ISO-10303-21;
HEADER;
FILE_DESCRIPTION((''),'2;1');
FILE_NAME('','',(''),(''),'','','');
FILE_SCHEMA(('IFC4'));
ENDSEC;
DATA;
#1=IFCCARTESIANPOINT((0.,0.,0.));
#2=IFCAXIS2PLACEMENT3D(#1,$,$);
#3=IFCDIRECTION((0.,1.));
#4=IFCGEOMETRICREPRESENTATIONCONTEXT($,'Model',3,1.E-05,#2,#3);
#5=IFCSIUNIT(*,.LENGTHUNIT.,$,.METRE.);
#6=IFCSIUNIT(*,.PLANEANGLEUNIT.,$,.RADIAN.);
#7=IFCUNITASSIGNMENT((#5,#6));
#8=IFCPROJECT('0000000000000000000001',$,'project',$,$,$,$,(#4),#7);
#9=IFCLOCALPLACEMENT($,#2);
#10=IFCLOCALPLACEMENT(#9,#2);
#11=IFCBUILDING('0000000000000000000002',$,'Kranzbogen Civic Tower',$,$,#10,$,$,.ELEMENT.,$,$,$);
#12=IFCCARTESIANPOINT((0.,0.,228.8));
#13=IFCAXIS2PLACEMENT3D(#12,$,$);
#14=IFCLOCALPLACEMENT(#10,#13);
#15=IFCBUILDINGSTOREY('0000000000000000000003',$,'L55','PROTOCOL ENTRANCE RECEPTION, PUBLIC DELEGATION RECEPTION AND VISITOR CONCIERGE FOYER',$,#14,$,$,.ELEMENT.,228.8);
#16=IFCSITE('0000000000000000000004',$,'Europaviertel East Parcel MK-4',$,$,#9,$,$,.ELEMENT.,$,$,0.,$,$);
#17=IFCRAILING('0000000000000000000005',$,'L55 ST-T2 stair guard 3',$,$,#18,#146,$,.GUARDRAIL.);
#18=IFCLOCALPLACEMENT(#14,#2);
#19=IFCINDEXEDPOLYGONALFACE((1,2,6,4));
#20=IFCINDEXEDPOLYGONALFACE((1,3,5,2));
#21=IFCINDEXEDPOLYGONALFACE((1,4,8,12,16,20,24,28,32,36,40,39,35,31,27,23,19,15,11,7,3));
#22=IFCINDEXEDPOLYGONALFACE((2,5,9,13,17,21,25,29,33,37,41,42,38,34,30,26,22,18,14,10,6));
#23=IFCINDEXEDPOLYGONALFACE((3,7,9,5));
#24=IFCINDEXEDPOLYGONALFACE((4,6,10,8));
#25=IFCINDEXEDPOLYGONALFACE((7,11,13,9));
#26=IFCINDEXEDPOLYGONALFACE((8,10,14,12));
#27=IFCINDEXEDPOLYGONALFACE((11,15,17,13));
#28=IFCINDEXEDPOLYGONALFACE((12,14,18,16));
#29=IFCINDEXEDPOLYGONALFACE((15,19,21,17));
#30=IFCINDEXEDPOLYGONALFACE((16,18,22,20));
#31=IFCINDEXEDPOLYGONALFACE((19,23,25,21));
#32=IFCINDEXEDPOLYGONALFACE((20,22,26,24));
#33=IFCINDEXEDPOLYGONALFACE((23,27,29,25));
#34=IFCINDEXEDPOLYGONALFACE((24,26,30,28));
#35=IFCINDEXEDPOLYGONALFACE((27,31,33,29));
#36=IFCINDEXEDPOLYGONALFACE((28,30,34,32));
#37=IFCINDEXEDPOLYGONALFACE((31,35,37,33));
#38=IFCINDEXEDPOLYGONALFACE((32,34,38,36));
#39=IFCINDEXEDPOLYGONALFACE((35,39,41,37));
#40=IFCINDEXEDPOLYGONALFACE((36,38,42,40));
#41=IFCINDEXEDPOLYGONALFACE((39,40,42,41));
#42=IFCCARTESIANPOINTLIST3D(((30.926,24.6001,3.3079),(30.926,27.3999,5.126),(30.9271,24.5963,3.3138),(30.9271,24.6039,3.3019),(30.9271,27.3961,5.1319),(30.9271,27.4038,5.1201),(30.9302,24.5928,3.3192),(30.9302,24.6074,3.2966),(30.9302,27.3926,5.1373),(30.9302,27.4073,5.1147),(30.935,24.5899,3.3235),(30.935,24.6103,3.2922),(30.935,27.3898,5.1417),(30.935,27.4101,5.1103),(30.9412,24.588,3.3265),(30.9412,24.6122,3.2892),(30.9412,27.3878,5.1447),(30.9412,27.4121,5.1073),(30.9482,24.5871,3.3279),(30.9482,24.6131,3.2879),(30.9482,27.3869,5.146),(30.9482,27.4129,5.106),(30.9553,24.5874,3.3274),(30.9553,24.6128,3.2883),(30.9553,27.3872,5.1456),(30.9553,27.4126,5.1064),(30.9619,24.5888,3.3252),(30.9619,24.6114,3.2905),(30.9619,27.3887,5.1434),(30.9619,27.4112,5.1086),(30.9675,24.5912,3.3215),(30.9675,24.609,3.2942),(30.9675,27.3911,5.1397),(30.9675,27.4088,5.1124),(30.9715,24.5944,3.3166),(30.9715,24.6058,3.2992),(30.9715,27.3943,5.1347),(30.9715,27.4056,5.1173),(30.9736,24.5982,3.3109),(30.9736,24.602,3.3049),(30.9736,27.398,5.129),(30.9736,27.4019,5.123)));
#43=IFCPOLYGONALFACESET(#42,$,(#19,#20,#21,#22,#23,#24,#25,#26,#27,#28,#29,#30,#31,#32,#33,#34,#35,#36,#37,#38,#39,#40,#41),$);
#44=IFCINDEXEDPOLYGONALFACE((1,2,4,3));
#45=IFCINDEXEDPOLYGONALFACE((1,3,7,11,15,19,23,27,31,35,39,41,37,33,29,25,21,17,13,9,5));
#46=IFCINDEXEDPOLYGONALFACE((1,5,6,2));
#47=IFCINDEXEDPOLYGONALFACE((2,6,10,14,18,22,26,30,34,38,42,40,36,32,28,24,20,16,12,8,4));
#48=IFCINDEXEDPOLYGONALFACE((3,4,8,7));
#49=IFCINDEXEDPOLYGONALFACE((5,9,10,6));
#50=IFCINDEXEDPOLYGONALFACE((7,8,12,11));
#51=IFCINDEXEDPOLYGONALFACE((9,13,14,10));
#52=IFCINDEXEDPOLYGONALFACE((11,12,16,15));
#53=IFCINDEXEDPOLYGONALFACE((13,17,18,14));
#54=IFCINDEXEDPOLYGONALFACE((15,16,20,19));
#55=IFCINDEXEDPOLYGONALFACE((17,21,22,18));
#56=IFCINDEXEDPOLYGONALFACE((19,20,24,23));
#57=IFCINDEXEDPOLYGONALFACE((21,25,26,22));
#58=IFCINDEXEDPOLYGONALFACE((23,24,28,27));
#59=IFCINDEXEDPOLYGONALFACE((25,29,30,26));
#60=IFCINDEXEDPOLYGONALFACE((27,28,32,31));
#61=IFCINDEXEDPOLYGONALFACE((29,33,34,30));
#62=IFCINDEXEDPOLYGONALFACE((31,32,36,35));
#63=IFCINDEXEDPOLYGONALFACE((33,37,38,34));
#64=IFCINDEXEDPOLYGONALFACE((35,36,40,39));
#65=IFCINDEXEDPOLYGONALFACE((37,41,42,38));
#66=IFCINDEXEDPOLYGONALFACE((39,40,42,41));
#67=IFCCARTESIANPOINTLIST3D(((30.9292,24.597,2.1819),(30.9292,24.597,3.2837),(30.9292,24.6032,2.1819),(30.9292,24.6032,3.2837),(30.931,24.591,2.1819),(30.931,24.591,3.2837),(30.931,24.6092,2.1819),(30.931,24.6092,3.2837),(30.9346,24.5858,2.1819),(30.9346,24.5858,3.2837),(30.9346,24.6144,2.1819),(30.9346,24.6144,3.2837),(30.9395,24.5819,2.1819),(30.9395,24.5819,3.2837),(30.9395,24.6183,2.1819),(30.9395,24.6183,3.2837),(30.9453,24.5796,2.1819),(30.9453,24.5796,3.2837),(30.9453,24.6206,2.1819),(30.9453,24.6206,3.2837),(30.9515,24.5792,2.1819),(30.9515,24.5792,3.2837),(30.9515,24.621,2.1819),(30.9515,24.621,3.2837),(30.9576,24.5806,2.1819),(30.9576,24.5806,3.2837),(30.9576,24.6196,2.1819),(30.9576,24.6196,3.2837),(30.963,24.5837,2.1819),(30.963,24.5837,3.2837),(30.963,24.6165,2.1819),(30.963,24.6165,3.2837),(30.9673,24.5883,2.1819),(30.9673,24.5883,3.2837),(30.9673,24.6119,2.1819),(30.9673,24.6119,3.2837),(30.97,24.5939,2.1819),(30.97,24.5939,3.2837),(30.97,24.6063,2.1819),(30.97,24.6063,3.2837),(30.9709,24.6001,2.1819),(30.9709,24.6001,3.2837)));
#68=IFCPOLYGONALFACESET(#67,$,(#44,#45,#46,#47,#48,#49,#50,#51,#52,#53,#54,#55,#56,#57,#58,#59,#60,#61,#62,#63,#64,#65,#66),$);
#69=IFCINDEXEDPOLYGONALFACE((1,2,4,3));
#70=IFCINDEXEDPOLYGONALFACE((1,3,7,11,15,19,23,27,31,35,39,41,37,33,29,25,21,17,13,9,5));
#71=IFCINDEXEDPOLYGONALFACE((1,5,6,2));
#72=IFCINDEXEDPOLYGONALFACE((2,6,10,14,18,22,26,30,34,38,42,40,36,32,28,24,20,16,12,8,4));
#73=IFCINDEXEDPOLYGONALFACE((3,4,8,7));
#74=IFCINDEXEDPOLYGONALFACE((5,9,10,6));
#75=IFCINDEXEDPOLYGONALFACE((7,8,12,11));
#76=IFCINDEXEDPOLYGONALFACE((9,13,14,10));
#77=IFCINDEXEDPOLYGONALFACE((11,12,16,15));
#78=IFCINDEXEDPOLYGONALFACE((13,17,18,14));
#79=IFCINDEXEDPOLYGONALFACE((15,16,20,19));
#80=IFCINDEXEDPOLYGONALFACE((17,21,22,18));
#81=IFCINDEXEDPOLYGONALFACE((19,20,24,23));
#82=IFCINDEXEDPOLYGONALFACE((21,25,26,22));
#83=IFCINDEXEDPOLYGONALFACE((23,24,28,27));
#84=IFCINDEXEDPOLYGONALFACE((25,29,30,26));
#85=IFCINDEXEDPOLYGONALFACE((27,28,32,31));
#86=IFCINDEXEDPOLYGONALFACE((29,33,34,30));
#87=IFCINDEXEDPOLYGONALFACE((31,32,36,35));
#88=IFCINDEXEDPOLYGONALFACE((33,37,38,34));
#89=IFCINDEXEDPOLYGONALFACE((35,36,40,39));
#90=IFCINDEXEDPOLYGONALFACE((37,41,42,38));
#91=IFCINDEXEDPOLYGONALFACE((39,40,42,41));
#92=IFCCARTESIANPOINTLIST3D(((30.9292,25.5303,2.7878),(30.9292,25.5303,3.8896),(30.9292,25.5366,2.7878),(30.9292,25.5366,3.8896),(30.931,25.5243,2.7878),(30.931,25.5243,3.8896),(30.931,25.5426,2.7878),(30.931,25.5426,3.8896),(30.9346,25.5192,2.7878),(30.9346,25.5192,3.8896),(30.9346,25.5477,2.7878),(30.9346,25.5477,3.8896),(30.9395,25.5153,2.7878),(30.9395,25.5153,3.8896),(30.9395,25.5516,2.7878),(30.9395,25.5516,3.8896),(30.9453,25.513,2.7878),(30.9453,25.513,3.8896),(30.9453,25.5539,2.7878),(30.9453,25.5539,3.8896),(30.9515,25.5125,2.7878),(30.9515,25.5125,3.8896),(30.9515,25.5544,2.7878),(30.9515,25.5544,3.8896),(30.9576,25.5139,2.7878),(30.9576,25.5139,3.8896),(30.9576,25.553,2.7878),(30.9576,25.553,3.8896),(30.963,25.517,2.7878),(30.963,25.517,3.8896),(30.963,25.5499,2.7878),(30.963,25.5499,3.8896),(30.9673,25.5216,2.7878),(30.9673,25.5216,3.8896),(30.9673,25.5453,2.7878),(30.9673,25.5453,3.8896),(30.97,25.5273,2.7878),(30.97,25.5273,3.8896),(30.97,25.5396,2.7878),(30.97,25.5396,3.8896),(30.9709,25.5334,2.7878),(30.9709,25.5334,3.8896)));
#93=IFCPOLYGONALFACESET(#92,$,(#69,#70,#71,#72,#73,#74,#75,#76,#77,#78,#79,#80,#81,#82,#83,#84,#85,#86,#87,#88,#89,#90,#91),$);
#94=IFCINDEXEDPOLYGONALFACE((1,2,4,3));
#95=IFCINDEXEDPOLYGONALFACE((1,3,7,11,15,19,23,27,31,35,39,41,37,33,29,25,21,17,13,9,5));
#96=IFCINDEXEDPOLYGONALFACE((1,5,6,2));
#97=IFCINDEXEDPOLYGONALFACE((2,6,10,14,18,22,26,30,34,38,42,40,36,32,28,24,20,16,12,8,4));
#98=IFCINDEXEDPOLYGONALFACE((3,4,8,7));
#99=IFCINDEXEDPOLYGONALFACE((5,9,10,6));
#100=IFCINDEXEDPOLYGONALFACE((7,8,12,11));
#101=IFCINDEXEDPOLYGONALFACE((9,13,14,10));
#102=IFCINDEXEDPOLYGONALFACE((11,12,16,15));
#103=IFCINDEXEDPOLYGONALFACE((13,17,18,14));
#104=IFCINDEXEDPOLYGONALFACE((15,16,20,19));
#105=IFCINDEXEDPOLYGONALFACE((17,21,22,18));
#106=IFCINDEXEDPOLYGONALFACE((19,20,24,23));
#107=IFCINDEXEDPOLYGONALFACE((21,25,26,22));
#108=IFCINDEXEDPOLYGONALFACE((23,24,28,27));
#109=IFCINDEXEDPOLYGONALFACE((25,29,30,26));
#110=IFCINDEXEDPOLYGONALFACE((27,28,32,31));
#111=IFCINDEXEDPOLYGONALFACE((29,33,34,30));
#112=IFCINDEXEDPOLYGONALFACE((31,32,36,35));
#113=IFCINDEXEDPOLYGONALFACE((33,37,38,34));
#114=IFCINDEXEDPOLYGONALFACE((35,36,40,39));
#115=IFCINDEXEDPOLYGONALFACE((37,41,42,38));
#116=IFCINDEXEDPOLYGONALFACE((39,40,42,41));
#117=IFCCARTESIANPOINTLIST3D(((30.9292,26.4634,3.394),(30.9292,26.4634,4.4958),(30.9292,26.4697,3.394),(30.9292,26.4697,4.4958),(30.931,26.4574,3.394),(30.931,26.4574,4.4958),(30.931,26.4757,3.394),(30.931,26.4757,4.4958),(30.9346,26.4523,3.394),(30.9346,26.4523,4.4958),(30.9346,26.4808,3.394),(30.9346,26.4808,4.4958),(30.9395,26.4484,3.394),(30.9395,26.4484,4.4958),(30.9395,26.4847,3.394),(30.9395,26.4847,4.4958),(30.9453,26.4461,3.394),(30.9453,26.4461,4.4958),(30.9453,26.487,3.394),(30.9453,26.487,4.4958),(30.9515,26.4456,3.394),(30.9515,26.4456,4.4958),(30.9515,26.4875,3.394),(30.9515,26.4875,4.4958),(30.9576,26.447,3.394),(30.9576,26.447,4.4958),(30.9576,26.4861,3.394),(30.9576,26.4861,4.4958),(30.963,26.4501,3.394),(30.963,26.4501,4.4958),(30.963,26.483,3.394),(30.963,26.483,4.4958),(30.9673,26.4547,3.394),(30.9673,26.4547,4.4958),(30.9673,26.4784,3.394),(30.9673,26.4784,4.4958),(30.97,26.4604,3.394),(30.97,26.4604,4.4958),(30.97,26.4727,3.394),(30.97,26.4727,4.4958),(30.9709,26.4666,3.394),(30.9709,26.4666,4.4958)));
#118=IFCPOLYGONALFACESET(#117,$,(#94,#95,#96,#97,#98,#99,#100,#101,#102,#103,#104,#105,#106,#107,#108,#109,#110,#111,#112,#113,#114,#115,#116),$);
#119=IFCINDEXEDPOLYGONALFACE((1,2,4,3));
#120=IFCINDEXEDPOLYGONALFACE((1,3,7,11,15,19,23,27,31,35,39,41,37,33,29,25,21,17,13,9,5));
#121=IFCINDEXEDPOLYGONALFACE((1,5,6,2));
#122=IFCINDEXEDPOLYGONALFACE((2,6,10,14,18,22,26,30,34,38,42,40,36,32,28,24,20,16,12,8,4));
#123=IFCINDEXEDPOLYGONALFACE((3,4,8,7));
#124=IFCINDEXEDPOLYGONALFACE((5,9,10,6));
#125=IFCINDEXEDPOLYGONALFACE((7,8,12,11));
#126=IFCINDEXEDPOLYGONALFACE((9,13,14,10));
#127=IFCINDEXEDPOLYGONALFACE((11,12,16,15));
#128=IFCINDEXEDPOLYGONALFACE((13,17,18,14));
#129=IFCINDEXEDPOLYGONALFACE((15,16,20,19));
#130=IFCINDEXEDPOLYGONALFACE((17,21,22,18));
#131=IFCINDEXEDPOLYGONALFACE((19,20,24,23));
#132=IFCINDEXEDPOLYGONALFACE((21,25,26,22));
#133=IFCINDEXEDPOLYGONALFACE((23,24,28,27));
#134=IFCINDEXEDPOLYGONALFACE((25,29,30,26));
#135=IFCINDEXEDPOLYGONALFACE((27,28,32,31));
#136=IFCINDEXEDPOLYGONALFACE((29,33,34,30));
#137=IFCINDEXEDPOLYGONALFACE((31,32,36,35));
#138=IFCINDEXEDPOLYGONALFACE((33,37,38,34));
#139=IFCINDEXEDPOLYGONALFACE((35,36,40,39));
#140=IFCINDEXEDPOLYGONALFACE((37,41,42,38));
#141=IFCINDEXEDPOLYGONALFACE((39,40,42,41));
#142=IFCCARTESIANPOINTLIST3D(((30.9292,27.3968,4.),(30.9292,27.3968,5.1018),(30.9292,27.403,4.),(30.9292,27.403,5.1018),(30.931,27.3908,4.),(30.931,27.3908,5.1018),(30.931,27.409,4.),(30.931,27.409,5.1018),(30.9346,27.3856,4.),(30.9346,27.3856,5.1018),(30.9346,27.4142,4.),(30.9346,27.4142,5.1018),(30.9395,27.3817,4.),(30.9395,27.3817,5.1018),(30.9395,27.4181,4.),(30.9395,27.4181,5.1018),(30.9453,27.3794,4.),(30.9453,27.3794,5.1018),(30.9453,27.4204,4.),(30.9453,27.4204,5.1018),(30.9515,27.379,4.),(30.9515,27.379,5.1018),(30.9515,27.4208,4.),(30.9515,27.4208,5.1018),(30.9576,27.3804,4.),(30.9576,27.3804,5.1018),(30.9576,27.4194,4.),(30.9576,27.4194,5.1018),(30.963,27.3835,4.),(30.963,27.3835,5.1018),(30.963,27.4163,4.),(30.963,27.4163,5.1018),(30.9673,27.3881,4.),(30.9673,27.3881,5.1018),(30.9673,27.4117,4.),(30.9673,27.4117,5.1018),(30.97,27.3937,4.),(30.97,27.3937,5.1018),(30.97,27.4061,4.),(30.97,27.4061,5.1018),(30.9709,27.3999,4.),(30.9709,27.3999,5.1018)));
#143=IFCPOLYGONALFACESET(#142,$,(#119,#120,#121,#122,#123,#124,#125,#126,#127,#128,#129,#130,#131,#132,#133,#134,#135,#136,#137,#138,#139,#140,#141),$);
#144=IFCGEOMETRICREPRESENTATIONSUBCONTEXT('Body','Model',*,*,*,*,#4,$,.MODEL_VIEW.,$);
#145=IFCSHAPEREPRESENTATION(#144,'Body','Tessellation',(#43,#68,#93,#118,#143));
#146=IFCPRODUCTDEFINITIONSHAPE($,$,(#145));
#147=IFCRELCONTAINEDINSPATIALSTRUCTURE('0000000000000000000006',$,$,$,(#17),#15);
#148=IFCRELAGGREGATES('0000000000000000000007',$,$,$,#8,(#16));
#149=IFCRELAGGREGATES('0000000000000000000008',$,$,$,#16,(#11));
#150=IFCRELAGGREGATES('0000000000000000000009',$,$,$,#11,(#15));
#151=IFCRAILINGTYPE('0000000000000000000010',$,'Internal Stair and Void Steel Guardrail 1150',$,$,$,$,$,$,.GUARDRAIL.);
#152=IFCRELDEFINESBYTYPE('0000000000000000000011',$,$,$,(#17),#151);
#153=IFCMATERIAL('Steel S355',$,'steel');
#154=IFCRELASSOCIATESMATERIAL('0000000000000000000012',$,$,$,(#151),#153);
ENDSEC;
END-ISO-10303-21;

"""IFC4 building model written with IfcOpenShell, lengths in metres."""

from ifc_helpers import new_model, si_unit, direction, frame, origin, origin_2d, place, context, subcontext, project, spatial, circle, extrude, material, type_object, element, save


model = new_model("IFC4")

# Units and contexts
model_context = context("Model", 3, precision=1e-05, world=origin(), true_north=direction((0.0, 1.0)))
body_context = subcontext(model_context, "Body", "Model", "MODEL_VIEW")
ifc_project = project(units=[si_unit("LENGTHUNIT", "METRE"), si_unit("PLANEANGLEUNIT", "RADIAN")], contexts=[model_context])

# Site, building, storey
site_placement = place(None, origin())
site = spatial("IfcSite", under=ifc_project, at=site_placement, Name="Europaviertel East Parcel MK-4", CompositionType="ELEMENT", RefElevation=0.0)
building_placement = place(site_placement, origin())
building = spatial("IfcBuilding", under=site, at=building_placement, Name="Kranzbogen Civic Tower", CompositionType="ELEMENT")
storey_placement = place(building_placement, frame((0.0, 0.0, 228.8)))
storey = spatial("IfcBuildingStorey", under=building, at=storey_placement, Name="L55", Description="PROTOCOL ENTRANCE RECEPTION, PUBLIC DELEGATION RECEPTION AND VISITOR CONCIERGE FOYER", CompositionType="ELEMENT", Elevation=228.8)

# Shared definitions
ifc_material_1 = material(Name="Steel S355", Category="steel")

# Railing
railing_type_1 = type_object("IfcRailingType", Name="Internal Stair and Void Steel Guardrail 1150", PredefinedType="GUARDRAIL", material=ifc_material_1)
railing_1_placement = place(storey_placement, frame((30.95, 24.6001, 2.1819)))
element("IfcRailing", 1, at=railing_1_placement, inside=storey, type_object=railing_type_1, Name="L55 ST-T2 stair guard 3", PredefinedType="GUARDRAIL", context=body_context, shape_type="SweptSolid", body=[
    extrude(circle(Radius=0.0239, at=origin_2d()), frame((0.0, 0.0, 1.126), z_axis=(0.0, 0.838684, 0.544618), x_axis=(-1.0, 0.0, 0.0)), (0.0, 0.0, 1.0), 3.3384),
    extrude(circle(Radius=0.021, at=origin_2d()), origin(), (0.0, 0.0, 1.0), 1.1018),
    extrude(circle(Radius=0.021, at=origin_2d()), frame((0.0, 0.9333, 0.606)), (0.0, 0.0, 1.0), 1.1018),
    extrude(circle(Radius=0.021, at=origin_2d()), frame((0.0, 1.8665, 1.2122)), (0.0, 0.0, 1.0), 1.1018),
    extrude(circle(Radius=0.021, at=origin_2d()), frame((0.0, 2.7998, 1.8181)), (0.0, 0.0, 1.0), 1.1018),
])

save(model, "model.ifc")
